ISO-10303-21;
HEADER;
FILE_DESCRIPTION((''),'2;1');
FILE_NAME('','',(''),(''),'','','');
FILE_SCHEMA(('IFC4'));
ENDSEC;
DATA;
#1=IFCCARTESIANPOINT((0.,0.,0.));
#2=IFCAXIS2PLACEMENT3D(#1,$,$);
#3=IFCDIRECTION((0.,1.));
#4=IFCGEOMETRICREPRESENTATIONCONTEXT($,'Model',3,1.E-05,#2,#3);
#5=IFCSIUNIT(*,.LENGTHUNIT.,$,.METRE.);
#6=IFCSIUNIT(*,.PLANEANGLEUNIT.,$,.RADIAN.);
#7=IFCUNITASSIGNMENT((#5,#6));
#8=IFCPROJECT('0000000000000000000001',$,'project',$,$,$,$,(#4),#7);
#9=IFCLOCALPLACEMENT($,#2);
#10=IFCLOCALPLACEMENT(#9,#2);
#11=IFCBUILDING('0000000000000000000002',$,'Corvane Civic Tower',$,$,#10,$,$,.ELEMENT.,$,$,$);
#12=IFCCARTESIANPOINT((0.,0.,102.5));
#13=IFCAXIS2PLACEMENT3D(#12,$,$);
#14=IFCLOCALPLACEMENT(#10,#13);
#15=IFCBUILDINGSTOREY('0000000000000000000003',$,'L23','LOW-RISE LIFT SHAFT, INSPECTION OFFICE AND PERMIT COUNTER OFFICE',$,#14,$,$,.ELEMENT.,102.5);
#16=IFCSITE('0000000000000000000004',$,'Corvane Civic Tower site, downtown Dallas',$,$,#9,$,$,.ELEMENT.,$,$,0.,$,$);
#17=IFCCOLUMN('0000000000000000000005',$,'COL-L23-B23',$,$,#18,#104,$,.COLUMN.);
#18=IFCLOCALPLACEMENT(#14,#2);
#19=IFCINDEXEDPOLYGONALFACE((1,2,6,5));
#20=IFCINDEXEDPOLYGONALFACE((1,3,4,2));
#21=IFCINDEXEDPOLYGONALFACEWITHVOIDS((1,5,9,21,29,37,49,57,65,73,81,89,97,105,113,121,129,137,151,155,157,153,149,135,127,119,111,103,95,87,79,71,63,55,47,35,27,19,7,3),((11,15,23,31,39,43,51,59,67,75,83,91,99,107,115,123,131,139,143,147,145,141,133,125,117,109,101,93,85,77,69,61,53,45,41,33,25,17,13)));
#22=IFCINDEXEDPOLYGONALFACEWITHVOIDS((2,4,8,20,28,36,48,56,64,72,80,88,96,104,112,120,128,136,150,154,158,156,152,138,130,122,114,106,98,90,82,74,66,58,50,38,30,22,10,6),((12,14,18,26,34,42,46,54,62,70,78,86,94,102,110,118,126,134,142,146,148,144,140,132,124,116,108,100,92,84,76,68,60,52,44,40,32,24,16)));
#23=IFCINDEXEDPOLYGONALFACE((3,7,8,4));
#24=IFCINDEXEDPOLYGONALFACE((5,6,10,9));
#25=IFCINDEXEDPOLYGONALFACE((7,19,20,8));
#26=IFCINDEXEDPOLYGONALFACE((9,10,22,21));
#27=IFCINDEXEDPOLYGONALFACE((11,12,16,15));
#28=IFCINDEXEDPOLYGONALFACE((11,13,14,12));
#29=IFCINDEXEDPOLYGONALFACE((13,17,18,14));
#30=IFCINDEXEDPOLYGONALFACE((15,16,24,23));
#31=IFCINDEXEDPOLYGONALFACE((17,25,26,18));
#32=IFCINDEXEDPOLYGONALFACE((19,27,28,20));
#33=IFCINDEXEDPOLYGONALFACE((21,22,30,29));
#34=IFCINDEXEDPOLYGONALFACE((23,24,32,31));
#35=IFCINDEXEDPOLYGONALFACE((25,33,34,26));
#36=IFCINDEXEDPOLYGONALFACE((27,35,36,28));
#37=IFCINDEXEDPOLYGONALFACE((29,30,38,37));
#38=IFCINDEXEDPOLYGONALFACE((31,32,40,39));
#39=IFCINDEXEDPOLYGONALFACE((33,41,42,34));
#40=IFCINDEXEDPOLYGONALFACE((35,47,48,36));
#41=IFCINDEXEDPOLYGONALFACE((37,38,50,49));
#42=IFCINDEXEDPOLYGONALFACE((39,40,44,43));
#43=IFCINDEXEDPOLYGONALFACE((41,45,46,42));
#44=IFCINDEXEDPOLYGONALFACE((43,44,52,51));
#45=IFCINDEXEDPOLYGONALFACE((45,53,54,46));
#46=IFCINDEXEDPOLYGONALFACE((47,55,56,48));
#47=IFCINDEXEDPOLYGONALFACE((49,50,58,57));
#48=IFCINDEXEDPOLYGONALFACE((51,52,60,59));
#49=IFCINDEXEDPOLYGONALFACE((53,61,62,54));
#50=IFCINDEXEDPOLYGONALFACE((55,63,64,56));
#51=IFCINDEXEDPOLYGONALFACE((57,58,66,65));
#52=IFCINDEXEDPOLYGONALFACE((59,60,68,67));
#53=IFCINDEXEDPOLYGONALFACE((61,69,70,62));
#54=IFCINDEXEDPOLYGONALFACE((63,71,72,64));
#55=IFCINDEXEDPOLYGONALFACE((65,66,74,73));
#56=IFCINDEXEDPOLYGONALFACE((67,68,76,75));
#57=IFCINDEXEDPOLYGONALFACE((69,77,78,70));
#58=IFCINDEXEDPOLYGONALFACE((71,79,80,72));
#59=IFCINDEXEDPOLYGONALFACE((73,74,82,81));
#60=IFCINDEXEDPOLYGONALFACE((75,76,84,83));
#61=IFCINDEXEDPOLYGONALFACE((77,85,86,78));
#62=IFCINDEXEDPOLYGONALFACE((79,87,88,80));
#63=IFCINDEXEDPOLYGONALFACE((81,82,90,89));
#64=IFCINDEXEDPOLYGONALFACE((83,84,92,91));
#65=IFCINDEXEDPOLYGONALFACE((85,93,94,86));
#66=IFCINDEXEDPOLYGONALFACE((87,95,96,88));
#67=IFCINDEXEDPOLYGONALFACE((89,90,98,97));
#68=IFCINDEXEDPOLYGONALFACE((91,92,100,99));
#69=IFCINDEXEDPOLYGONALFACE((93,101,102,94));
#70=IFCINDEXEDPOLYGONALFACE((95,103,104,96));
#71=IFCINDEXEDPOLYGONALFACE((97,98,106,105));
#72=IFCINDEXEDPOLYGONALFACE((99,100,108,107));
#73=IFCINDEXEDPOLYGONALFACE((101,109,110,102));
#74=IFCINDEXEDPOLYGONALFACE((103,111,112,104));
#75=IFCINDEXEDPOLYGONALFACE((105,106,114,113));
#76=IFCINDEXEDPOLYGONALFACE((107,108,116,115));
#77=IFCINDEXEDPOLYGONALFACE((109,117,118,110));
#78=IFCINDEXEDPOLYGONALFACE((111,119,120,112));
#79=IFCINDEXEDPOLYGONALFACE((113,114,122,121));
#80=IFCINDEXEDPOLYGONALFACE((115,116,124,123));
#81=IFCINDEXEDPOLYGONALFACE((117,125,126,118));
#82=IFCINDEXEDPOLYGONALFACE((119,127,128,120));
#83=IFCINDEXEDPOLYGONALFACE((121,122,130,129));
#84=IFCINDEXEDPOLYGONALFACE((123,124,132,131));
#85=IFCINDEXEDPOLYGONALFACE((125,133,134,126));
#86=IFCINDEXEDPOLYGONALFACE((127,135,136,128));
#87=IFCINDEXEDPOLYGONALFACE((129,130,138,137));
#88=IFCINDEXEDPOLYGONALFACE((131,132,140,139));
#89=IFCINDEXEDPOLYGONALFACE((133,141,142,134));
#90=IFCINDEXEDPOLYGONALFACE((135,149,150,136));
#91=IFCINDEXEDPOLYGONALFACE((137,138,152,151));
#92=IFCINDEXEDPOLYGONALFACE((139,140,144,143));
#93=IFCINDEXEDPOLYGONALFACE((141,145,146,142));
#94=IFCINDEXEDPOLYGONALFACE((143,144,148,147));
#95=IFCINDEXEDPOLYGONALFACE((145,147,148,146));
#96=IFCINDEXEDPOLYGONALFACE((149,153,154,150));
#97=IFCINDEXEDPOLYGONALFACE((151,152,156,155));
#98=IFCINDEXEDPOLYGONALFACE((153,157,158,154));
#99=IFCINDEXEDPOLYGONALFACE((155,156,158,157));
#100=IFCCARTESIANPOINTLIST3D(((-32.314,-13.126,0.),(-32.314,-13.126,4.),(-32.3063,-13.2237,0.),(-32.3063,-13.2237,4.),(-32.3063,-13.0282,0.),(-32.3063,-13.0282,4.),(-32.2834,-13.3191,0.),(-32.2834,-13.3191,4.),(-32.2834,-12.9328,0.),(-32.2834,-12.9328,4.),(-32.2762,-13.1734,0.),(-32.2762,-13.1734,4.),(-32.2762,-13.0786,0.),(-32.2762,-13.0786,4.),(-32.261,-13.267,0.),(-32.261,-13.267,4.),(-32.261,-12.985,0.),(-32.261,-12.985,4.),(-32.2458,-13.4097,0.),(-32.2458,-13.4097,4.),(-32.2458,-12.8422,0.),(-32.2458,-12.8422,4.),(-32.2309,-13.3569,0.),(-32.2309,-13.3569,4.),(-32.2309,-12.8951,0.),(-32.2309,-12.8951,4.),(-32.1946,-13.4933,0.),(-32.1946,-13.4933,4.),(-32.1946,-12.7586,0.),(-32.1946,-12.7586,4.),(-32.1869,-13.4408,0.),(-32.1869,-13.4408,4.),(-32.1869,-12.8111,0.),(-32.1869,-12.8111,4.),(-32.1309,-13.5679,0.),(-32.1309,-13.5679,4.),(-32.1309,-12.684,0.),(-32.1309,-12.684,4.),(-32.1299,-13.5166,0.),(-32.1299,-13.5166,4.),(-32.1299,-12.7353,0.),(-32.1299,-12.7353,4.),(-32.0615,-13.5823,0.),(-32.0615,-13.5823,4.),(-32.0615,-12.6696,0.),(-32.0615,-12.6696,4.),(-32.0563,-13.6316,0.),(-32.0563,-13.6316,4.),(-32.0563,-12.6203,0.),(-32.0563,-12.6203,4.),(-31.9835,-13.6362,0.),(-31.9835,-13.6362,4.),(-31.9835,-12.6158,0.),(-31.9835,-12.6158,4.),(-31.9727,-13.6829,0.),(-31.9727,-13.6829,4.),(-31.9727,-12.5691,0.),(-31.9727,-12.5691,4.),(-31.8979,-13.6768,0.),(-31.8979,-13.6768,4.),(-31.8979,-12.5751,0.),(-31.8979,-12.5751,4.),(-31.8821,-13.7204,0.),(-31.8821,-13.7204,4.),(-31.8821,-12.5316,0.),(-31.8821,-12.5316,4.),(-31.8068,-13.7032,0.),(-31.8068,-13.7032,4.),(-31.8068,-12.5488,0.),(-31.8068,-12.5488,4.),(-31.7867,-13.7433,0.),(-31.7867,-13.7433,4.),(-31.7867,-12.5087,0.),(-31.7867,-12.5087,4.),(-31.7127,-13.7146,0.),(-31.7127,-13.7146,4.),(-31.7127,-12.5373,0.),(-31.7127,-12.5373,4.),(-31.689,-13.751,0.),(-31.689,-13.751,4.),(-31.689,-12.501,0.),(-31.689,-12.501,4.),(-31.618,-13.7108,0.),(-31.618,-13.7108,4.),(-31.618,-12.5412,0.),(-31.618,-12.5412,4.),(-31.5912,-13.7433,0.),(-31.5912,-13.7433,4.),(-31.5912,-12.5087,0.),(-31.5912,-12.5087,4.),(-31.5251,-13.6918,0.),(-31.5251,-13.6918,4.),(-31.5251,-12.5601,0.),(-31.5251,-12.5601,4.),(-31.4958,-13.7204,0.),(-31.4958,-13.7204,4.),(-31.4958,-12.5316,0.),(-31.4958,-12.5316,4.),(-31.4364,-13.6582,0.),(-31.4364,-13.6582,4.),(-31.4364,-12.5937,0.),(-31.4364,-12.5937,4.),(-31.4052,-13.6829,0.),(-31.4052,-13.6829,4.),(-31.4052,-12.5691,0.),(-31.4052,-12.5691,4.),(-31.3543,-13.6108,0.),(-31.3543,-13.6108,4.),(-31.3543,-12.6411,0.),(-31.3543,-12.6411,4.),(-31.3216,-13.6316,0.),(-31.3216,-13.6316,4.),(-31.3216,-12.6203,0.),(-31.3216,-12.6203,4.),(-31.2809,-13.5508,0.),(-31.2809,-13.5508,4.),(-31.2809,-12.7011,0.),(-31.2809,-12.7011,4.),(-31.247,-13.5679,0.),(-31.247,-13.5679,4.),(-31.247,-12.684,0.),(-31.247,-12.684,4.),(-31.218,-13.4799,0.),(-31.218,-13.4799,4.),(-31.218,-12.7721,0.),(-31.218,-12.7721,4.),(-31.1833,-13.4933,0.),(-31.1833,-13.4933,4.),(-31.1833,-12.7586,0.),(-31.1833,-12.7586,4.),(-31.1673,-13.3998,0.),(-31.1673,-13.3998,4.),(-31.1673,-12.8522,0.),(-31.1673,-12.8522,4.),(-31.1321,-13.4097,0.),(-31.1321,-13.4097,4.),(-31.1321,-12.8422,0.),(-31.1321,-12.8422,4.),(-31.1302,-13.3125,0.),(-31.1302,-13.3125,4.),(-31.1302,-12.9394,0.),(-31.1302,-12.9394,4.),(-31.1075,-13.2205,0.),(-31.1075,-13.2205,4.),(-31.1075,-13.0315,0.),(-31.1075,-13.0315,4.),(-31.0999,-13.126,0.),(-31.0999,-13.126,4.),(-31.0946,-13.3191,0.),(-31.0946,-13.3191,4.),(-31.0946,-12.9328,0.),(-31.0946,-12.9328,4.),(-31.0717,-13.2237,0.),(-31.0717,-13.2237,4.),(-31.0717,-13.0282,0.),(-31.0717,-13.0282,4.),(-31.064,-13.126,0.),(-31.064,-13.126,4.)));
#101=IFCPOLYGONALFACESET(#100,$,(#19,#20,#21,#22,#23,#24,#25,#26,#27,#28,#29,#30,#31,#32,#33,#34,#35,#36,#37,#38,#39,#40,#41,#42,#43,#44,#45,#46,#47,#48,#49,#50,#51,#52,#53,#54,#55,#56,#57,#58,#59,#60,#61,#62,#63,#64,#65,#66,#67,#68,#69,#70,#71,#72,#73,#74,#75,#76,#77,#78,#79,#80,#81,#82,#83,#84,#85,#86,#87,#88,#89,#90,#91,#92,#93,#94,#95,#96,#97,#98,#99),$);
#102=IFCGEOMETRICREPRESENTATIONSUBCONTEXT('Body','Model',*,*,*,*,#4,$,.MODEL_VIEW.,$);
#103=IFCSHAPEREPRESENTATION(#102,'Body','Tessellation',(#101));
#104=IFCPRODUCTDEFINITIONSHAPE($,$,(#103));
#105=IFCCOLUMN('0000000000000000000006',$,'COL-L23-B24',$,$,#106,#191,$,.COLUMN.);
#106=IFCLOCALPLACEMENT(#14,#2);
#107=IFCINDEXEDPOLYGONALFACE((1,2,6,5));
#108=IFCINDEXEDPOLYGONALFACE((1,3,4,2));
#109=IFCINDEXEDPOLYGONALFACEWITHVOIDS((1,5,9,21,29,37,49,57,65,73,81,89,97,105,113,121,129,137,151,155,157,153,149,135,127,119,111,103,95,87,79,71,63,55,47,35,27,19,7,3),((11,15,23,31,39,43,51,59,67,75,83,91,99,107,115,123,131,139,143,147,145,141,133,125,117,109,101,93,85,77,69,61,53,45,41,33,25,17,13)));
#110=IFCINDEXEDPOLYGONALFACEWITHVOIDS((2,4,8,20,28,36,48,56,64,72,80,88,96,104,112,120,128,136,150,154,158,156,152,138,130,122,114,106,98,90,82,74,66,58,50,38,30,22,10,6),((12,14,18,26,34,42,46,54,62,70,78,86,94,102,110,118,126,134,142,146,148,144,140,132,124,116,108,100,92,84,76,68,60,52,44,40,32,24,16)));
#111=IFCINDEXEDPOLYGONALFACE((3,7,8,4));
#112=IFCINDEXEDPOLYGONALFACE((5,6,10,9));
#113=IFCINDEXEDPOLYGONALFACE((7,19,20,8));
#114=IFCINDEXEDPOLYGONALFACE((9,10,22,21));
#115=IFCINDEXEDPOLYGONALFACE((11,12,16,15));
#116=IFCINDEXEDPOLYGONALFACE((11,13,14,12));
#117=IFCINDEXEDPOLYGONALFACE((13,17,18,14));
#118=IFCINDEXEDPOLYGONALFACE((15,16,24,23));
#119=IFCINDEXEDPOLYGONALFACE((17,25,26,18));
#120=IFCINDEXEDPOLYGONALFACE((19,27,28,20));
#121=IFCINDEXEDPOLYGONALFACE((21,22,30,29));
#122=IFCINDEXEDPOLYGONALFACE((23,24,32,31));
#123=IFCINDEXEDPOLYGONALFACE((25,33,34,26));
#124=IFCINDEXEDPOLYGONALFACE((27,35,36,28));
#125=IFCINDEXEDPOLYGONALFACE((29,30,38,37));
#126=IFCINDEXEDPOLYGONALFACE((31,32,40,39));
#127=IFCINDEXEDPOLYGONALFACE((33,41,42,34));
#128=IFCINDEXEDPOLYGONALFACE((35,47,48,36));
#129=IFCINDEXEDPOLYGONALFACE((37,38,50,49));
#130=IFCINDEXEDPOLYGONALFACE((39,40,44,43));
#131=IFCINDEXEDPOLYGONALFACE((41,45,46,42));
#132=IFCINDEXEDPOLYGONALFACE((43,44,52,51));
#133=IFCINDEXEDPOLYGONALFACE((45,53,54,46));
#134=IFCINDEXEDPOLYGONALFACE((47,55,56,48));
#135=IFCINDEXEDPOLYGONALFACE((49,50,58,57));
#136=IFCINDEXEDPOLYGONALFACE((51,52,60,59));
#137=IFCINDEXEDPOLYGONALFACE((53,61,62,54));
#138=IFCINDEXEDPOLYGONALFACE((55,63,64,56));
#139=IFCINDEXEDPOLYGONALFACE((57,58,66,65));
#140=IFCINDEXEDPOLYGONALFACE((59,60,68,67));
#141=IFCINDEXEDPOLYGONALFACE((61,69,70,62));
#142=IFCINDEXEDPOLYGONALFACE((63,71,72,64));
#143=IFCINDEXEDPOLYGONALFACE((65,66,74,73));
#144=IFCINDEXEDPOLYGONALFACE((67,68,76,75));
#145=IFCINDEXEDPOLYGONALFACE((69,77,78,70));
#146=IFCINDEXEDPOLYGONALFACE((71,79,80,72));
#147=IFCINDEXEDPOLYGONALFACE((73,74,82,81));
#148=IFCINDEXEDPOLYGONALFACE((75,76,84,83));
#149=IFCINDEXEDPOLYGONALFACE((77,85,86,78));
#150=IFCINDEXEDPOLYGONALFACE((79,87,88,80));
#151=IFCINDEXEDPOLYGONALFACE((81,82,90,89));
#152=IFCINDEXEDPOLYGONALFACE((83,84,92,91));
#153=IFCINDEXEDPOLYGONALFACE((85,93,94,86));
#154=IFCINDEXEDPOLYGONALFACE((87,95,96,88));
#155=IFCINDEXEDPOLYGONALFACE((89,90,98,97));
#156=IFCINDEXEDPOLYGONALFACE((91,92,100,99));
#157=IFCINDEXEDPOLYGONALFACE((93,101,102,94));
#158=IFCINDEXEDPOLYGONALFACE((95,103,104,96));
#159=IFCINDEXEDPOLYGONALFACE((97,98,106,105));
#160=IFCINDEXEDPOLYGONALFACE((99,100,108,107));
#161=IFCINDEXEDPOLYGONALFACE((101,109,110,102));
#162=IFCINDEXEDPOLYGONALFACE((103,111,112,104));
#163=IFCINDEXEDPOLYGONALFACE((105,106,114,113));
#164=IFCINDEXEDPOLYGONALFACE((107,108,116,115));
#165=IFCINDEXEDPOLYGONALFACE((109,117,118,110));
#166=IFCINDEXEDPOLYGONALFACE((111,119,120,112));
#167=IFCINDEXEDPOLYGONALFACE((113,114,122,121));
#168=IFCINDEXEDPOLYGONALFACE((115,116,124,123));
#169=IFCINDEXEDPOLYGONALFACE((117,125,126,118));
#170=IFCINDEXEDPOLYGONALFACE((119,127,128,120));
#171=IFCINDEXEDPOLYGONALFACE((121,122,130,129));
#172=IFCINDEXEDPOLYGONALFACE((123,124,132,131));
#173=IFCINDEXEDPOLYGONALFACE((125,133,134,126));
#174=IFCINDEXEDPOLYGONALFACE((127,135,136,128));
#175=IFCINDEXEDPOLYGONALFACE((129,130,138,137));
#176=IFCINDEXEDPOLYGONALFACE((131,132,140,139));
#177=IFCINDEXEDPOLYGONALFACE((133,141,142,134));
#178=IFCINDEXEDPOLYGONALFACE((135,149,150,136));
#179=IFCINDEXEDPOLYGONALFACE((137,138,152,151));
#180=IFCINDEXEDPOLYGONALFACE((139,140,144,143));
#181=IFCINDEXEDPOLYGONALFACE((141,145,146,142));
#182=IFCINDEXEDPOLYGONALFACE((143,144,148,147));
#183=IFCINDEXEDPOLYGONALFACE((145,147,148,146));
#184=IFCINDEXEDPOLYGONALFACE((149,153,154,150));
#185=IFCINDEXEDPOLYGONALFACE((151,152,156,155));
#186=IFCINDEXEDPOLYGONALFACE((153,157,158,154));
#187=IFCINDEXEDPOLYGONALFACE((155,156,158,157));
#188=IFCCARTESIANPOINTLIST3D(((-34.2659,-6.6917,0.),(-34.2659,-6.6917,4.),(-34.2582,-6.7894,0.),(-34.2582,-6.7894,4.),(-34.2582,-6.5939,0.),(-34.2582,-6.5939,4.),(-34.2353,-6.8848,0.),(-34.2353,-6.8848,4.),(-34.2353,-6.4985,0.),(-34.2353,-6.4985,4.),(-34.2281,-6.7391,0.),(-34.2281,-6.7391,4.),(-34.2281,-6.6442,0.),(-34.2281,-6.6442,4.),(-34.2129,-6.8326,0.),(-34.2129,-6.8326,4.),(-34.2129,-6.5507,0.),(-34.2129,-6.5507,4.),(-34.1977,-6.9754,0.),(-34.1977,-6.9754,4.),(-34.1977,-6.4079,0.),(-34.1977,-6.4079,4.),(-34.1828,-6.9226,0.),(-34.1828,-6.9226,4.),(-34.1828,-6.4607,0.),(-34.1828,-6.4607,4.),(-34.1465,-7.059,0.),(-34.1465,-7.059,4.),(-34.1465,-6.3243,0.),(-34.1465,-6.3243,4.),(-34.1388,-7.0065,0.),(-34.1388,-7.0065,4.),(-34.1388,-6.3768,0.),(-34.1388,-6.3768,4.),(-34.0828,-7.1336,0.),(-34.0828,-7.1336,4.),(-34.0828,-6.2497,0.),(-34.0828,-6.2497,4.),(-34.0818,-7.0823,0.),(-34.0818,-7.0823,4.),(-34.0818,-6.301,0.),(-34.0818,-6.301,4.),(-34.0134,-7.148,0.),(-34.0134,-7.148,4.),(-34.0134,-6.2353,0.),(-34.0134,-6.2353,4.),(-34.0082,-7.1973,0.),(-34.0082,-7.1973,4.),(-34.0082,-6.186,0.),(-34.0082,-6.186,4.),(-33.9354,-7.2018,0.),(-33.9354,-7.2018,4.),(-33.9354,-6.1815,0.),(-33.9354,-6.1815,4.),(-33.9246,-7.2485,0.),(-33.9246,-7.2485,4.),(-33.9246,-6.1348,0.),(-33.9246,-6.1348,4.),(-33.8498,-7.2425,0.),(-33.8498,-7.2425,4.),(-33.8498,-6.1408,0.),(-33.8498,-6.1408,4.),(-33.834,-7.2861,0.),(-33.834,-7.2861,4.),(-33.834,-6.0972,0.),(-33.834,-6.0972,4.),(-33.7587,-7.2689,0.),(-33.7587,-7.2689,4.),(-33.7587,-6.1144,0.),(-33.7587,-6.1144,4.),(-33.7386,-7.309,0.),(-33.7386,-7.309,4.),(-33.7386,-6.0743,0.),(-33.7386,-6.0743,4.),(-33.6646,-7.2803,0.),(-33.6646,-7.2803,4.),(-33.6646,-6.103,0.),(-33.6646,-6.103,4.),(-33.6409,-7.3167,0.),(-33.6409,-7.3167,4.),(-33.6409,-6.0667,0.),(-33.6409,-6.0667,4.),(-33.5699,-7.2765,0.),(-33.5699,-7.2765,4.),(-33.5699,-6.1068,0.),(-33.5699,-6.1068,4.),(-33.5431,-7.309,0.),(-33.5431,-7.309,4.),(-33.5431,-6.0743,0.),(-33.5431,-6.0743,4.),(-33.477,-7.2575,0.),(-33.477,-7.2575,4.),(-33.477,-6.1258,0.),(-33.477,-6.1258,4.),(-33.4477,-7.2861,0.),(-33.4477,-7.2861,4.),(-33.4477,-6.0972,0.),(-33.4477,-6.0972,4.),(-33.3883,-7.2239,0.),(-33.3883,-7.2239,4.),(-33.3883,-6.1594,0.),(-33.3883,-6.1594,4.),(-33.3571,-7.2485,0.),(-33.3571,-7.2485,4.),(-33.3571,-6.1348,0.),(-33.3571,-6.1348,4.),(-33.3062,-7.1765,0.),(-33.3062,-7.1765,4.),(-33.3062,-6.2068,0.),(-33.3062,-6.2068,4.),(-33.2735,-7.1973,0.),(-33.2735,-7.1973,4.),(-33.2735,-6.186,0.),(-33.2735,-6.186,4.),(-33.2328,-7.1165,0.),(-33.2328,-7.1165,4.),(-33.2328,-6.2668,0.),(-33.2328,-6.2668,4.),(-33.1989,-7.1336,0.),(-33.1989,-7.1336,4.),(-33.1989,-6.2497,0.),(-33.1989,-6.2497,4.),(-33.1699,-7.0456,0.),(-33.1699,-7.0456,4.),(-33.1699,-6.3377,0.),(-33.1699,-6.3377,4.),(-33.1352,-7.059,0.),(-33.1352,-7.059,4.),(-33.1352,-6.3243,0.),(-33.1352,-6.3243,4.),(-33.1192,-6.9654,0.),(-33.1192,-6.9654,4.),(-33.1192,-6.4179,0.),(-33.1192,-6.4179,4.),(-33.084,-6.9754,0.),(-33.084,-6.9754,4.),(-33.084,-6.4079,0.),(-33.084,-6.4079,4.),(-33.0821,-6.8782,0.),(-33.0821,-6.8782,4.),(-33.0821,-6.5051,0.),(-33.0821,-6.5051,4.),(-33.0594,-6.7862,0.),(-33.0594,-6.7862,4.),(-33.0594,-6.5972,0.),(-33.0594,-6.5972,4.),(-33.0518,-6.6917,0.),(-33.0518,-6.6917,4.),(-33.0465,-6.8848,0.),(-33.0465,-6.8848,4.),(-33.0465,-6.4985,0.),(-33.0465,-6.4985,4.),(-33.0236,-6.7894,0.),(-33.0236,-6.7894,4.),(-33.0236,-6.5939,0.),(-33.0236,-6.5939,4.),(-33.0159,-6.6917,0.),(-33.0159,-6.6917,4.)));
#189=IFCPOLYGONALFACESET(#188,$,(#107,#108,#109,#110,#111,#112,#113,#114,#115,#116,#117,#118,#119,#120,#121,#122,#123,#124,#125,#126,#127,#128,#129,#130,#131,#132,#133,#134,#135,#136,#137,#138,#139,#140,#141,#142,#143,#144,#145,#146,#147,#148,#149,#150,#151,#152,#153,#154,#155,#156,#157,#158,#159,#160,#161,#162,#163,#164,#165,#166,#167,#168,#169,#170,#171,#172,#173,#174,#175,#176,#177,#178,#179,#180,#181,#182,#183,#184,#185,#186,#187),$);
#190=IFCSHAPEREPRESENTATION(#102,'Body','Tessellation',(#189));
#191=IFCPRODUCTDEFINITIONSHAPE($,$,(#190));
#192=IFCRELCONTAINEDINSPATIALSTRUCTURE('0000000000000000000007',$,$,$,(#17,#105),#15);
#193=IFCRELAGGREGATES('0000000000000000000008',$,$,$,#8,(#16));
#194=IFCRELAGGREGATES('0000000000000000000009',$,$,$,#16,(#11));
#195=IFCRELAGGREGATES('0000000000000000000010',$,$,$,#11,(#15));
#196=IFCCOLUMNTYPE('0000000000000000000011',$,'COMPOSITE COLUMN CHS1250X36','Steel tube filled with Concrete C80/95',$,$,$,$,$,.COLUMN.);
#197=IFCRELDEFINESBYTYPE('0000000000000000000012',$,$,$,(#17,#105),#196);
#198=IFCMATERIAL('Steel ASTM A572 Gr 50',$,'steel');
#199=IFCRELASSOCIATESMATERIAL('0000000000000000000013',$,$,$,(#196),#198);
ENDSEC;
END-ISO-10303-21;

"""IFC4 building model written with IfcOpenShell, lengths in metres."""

from ifc_helpers import new_model, si_unit, direction, frame, origin, origin_2d, place, context, subcontext, project, spatial, hollow_circle, extrude, material, material_profile, profile_set, type_object, element, save


model = new_model("IFC4")

# Units and contexts
model_context = context("Model", 3, precision=1e-05, world=origin(), true_north=direction((0.0, 1.0)))
body_context = subcontext(model_context, "Body", "Model", "MODEL_VIEW")
ifc_project = project(units=[si_unit("LENGTHUNIT", "METRE"), si_unit("PLANEANGLEUNIT", "RADIAN")], contexts=[model_context])

# Site, building, storey
site_placement = place(None, origin())
site = spatial("IfcSite", under=ifc_project, at=site_placement, Name="Corvane Civic Tower site, downtown Dallas", CompositionType="ELEMENT", RefElevation=0.0)
building_placement = place(site_placement, origin())
building = spatial("IfcBuilding", under=site, at=building_placement, Name="Corvane Civic Tower", CompositionType="ELEMENT")
storey_placement = place(building_placement, frame((0.0, 0.0, 102.5)))
storey = spatial("IfcBuildingStorey", under=building, at=storey_placement, Name="L23", Description="LOW-RISE LIFT SHAFT, INSPECTION OFFICE AND PERMIT COUNTER OFFICE", CompositionType="ELEMENT", Elevation=102.5)

# Columns
ifc_material_1 = material(Name="Steel ASTM A572 Gr 50", Category="steel")
ifc_material_profile_1 = material_profile(ifc_material_1, hollow_circle(Radius=0.625, WallThickness=0.0359, at=origin_2d()), Name="CHS1250X36")
ifc_profile_set_1 = profile_set([ifc_material_profile_1], Name="Steel ASTM A572 Gr 50")
column_type = type_object("IfcColumnType", Name="COMPOSITE COLUMN CHS1250X36", Description="Steel tube filled with Concrete C80/95", PredefinedType="COLUMN", material=ifc_profile_set_1)
for number, where, z_axis, x_axis, name in (
    (1, (-31.689, -13.126, 0.0), (0.0, 0.0, 1.0), (1.0, 0.0, 0.0), "COL-L23-B23"),
    (2, (-33.6409, -6.6917, 0.0), (0.0, 0.0, 1.0), (1.0, 0.0, 0.0), "COL-L23-B24"),
):
    element("IfcColumn", number, at=place(storey_placement, frame(where, z_axis=z_axis, x_axis=x_axis)), inside=storey, type_object=column_type, Name=name, PredefinedType="COLUMN", context=body_context, shape_type="SweptSolid", body=[
        extrude(hollow_circle(Radius=0.625, WallThickness=0.0359, at=origin_2d()), origin(), (0.0, 0.0, 1.0), 4.0),
    ])

save(model, "model.ifc")
